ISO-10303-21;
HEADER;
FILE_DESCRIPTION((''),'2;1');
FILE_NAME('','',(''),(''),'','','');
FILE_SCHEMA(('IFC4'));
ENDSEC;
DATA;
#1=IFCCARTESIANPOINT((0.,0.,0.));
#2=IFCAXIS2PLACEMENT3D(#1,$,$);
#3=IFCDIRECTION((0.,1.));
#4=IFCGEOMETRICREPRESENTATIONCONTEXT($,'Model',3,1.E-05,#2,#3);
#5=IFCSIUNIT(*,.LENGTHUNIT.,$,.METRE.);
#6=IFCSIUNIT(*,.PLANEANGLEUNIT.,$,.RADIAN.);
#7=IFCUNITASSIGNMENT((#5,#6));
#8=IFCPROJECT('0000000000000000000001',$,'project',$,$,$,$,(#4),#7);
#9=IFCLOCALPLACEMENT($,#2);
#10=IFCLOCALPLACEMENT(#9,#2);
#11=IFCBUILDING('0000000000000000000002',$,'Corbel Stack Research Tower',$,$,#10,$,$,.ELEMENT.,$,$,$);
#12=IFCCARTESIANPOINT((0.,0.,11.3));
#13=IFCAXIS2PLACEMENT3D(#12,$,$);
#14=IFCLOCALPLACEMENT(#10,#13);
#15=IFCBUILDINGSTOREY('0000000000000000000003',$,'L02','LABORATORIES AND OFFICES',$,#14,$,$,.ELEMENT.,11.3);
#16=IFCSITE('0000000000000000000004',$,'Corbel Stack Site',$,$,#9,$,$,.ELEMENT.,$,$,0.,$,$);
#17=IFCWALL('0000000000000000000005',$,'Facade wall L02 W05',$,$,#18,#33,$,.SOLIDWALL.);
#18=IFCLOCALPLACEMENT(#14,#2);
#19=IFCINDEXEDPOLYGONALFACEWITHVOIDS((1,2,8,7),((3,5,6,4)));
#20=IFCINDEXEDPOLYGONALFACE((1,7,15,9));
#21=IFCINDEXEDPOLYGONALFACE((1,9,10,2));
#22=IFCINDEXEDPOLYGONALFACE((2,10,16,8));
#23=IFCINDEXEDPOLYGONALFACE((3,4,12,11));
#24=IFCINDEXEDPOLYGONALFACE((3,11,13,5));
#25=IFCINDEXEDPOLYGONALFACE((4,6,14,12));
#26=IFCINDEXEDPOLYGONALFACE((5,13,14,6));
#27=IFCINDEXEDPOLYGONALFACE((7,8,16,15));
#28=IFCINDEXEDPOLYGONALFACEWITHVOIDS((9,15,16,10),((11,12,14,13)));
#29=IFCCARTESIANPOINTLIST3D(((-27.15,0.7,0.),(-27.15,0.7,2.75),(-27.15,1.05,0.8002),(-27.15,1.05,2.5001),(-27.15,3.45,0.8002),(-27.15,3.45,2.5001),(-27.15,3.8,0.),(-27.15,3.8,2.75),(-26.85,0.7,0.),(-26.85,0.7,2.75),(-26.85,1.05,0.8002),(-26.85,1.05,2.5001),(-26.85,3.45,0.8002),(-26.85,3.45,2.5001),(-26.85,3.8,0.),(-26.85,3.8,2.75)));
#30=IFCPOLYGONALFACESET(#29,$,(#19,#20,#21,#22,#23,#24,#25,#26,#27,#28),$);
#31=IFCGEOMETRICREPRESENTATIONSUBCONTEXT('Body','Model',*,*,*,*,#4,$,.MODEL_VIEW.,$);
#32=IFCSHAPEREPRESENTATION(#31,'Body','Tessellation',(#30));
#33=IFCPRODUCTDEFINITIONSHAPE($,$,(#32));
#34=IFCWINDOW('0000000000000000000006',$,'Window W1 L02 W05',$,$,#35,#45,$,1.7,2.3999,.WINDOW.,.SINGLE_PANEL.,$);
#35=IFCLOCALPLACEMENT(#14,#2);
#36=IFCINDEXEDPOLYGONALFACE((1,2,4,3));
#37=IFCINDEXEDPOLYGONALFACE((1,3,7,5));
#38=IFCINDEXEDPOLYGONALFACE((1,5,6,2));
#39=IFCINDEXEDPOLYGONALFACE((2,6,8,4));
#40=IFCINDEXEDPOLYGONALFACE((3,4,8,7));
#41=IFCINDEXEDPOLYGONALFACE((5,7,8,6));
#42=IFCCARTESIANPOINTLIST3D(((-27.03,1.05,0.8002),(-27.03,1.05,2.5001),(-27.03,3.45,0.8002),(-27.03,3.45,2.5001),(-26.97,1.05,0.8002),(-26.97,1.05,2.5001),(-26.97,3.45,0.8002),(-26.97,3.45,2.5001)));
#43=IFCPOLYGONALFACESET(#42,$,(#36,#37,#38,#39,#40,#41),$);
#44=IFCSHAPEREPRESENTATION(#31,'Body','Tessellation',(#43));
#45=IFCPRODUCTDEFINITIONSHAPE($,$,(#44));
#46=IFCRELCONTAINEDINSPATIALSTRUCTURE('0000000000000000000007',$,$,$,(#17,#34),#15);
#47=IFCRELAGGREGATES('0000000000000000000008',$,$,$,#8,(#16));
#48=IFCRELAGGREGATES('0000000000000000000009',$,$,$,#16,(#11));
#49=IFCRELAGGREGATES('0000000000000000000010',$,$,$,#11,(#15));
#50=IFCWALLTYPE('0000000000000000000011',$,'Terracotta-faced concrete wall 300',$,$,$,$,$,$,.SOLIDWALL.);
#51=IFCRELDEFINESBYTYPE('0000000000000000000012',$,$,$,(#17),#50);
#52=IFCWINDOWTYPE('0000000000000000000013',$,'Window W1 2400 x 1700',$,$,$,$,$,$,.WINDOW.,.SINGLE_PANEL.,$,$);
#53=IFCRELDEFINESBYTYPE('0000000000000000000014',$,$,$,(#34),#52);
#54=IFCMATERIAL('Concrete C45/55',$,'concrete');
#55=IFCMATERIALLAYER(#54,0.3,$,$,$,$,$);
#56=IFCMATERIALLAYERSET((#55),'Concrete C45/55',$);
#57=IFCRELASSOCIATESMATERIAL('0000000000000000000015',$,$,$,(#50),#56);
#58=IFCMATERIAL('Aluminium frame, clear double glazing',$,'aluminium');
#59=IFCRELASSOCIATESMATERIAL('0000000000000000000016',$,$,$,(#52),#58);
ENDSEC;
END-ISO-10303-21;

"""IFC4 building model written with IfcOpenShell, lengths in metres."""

from ifc_helpers import new_model, si_unit, direction, frame, frame_2d, origin, place, context, subcontext, project, spatial, rectangle, extrude, material, layer, layer_set, type_object, element, fill, save


model = new_model("IFC4")

# Units and contexts
model_context = context("Model", 3, precision=1e-05, world=origin(), true_north=direction((0.0, 1.0)))
body_context = subcontext(model_context, "Body", "Model", "MODEL_VIEW")
ifc_project = project(units=[si_unit("LENGTHUNIT", "METRE"), si_unit("PLANEANGLEUNIT", "RADIAN")], contexts=[model_context])

# Site, building, storey
site_placement = place(None, origin())
site = spatial("IfcSite", under=ifc_project, at=site_placement, Name="Corbel Stack Site", CompositionType="ELEMENT", RefElevation=0.0)
building_placement = place(site_placement, origin())
building = spatial("IfcBuilding", under=site, at=building_placement, Name="Corbel Stack Research Tower", CompositionType="ELEMENT")
storey_placement = place(building_placement, frame((0.0, 0.0, 11.3)))
storey = spatial("IfcBuildingStorey", under=building, at=storey_placement, Name="L02", Description="LABORATORIES AND OFFICES", CompositionType="ELEMENT", Elevation=11.3)

# Shared definitions
ifc_material_1 = material(Name="Concrete C45/55", Category="concrete")
ifc_layer = layer(ifc_material_1, 0.3)
ifc_layer_set = layer_set([ifc_layer], Name="Concrete C45/55")
wall_type = type_object("IfcWallType", Name="Terracotta-faced concrete wall 300", PredefinedType="SOLIDWALL", material=ifc_layer_set)

# Wall, opening, window
ifc_material_2 = material(Name="Aluminium frame, clear double glazing", Category="aluminium")
window_type = type_object("IfcWindowType", Name="Window W1 2400 x 1700", PartitioningType="SINGLE_PANEL", PredefinedType="WINDOW", material=ifc_material_2)
wall_1_placement = place(storey_placement, frame((-27.0, 0.7, 0.0), z_axis=(0.0, 0.0, 1.0), x_axis=(0.0, 1.0, 0.0)))
wall_1 = element("IfcWall", 1, at=wall_1_placement, inside=storey, type_object=wall_type, Name="Facade wall L02 W05", PredefinedType="SOLIDWALL", context=body_context, shape_type="SweptSolid", body=[
    extrude(rectangle(XDim=3.1001, YDim=0.3, at=frame_2d((1.55, 0.0))), origin(), (0.0, 0.0, 1.0), 2.75),
])
opening_1_placement = place(wall_1_placement, frame((0.3501, 0.0, 0.8)))
opening_1 = element("IfcOpeningElement", 2, at=opening_1_placement, cuts=wall_1, PredefinedType="OPENING", context=body_context, shape_type="SweptSolid", body=[
    extrude(rectangle(XDim=2.3999, YDim=1.7, at=frame_2d((1.2, 0.8501))), frame((0.0, 0.1599, 0.0), z_axis=(0.0, -1.0, 0.0), x_axis=(1.0, 0.0, 0.0)), (0.0, 0.0, 1.0), 0.3201),
])
window_1_placement = place(opening_1_placement, origin())
window_1 = element("IfcWindow", 3, at=window_1_placement, inside=storey, type_object=window_type, Name="Window W1 L02 W05", OverallHeight=1.7, OverallWidth=2.3999, PartitioningType="SINGLE_PANEL", PredefinedType="WINDOW", context=body_context, shape_type="SweptSolid", body=[
    extrude(rectangle(XDim=2.3999, YDim=1.7, at=frame_2d((1.2, 0.8501))), frame((0.0, 0.03, 0.0), z_axis=(0.0, -1.0, 0.0), x_axis=(1.0, 0.0, 0.0)), (0.0, 0.0, 1.0), 0.0601),
])
fill(opening_1, window_1)

save(model, "model.ifc")
